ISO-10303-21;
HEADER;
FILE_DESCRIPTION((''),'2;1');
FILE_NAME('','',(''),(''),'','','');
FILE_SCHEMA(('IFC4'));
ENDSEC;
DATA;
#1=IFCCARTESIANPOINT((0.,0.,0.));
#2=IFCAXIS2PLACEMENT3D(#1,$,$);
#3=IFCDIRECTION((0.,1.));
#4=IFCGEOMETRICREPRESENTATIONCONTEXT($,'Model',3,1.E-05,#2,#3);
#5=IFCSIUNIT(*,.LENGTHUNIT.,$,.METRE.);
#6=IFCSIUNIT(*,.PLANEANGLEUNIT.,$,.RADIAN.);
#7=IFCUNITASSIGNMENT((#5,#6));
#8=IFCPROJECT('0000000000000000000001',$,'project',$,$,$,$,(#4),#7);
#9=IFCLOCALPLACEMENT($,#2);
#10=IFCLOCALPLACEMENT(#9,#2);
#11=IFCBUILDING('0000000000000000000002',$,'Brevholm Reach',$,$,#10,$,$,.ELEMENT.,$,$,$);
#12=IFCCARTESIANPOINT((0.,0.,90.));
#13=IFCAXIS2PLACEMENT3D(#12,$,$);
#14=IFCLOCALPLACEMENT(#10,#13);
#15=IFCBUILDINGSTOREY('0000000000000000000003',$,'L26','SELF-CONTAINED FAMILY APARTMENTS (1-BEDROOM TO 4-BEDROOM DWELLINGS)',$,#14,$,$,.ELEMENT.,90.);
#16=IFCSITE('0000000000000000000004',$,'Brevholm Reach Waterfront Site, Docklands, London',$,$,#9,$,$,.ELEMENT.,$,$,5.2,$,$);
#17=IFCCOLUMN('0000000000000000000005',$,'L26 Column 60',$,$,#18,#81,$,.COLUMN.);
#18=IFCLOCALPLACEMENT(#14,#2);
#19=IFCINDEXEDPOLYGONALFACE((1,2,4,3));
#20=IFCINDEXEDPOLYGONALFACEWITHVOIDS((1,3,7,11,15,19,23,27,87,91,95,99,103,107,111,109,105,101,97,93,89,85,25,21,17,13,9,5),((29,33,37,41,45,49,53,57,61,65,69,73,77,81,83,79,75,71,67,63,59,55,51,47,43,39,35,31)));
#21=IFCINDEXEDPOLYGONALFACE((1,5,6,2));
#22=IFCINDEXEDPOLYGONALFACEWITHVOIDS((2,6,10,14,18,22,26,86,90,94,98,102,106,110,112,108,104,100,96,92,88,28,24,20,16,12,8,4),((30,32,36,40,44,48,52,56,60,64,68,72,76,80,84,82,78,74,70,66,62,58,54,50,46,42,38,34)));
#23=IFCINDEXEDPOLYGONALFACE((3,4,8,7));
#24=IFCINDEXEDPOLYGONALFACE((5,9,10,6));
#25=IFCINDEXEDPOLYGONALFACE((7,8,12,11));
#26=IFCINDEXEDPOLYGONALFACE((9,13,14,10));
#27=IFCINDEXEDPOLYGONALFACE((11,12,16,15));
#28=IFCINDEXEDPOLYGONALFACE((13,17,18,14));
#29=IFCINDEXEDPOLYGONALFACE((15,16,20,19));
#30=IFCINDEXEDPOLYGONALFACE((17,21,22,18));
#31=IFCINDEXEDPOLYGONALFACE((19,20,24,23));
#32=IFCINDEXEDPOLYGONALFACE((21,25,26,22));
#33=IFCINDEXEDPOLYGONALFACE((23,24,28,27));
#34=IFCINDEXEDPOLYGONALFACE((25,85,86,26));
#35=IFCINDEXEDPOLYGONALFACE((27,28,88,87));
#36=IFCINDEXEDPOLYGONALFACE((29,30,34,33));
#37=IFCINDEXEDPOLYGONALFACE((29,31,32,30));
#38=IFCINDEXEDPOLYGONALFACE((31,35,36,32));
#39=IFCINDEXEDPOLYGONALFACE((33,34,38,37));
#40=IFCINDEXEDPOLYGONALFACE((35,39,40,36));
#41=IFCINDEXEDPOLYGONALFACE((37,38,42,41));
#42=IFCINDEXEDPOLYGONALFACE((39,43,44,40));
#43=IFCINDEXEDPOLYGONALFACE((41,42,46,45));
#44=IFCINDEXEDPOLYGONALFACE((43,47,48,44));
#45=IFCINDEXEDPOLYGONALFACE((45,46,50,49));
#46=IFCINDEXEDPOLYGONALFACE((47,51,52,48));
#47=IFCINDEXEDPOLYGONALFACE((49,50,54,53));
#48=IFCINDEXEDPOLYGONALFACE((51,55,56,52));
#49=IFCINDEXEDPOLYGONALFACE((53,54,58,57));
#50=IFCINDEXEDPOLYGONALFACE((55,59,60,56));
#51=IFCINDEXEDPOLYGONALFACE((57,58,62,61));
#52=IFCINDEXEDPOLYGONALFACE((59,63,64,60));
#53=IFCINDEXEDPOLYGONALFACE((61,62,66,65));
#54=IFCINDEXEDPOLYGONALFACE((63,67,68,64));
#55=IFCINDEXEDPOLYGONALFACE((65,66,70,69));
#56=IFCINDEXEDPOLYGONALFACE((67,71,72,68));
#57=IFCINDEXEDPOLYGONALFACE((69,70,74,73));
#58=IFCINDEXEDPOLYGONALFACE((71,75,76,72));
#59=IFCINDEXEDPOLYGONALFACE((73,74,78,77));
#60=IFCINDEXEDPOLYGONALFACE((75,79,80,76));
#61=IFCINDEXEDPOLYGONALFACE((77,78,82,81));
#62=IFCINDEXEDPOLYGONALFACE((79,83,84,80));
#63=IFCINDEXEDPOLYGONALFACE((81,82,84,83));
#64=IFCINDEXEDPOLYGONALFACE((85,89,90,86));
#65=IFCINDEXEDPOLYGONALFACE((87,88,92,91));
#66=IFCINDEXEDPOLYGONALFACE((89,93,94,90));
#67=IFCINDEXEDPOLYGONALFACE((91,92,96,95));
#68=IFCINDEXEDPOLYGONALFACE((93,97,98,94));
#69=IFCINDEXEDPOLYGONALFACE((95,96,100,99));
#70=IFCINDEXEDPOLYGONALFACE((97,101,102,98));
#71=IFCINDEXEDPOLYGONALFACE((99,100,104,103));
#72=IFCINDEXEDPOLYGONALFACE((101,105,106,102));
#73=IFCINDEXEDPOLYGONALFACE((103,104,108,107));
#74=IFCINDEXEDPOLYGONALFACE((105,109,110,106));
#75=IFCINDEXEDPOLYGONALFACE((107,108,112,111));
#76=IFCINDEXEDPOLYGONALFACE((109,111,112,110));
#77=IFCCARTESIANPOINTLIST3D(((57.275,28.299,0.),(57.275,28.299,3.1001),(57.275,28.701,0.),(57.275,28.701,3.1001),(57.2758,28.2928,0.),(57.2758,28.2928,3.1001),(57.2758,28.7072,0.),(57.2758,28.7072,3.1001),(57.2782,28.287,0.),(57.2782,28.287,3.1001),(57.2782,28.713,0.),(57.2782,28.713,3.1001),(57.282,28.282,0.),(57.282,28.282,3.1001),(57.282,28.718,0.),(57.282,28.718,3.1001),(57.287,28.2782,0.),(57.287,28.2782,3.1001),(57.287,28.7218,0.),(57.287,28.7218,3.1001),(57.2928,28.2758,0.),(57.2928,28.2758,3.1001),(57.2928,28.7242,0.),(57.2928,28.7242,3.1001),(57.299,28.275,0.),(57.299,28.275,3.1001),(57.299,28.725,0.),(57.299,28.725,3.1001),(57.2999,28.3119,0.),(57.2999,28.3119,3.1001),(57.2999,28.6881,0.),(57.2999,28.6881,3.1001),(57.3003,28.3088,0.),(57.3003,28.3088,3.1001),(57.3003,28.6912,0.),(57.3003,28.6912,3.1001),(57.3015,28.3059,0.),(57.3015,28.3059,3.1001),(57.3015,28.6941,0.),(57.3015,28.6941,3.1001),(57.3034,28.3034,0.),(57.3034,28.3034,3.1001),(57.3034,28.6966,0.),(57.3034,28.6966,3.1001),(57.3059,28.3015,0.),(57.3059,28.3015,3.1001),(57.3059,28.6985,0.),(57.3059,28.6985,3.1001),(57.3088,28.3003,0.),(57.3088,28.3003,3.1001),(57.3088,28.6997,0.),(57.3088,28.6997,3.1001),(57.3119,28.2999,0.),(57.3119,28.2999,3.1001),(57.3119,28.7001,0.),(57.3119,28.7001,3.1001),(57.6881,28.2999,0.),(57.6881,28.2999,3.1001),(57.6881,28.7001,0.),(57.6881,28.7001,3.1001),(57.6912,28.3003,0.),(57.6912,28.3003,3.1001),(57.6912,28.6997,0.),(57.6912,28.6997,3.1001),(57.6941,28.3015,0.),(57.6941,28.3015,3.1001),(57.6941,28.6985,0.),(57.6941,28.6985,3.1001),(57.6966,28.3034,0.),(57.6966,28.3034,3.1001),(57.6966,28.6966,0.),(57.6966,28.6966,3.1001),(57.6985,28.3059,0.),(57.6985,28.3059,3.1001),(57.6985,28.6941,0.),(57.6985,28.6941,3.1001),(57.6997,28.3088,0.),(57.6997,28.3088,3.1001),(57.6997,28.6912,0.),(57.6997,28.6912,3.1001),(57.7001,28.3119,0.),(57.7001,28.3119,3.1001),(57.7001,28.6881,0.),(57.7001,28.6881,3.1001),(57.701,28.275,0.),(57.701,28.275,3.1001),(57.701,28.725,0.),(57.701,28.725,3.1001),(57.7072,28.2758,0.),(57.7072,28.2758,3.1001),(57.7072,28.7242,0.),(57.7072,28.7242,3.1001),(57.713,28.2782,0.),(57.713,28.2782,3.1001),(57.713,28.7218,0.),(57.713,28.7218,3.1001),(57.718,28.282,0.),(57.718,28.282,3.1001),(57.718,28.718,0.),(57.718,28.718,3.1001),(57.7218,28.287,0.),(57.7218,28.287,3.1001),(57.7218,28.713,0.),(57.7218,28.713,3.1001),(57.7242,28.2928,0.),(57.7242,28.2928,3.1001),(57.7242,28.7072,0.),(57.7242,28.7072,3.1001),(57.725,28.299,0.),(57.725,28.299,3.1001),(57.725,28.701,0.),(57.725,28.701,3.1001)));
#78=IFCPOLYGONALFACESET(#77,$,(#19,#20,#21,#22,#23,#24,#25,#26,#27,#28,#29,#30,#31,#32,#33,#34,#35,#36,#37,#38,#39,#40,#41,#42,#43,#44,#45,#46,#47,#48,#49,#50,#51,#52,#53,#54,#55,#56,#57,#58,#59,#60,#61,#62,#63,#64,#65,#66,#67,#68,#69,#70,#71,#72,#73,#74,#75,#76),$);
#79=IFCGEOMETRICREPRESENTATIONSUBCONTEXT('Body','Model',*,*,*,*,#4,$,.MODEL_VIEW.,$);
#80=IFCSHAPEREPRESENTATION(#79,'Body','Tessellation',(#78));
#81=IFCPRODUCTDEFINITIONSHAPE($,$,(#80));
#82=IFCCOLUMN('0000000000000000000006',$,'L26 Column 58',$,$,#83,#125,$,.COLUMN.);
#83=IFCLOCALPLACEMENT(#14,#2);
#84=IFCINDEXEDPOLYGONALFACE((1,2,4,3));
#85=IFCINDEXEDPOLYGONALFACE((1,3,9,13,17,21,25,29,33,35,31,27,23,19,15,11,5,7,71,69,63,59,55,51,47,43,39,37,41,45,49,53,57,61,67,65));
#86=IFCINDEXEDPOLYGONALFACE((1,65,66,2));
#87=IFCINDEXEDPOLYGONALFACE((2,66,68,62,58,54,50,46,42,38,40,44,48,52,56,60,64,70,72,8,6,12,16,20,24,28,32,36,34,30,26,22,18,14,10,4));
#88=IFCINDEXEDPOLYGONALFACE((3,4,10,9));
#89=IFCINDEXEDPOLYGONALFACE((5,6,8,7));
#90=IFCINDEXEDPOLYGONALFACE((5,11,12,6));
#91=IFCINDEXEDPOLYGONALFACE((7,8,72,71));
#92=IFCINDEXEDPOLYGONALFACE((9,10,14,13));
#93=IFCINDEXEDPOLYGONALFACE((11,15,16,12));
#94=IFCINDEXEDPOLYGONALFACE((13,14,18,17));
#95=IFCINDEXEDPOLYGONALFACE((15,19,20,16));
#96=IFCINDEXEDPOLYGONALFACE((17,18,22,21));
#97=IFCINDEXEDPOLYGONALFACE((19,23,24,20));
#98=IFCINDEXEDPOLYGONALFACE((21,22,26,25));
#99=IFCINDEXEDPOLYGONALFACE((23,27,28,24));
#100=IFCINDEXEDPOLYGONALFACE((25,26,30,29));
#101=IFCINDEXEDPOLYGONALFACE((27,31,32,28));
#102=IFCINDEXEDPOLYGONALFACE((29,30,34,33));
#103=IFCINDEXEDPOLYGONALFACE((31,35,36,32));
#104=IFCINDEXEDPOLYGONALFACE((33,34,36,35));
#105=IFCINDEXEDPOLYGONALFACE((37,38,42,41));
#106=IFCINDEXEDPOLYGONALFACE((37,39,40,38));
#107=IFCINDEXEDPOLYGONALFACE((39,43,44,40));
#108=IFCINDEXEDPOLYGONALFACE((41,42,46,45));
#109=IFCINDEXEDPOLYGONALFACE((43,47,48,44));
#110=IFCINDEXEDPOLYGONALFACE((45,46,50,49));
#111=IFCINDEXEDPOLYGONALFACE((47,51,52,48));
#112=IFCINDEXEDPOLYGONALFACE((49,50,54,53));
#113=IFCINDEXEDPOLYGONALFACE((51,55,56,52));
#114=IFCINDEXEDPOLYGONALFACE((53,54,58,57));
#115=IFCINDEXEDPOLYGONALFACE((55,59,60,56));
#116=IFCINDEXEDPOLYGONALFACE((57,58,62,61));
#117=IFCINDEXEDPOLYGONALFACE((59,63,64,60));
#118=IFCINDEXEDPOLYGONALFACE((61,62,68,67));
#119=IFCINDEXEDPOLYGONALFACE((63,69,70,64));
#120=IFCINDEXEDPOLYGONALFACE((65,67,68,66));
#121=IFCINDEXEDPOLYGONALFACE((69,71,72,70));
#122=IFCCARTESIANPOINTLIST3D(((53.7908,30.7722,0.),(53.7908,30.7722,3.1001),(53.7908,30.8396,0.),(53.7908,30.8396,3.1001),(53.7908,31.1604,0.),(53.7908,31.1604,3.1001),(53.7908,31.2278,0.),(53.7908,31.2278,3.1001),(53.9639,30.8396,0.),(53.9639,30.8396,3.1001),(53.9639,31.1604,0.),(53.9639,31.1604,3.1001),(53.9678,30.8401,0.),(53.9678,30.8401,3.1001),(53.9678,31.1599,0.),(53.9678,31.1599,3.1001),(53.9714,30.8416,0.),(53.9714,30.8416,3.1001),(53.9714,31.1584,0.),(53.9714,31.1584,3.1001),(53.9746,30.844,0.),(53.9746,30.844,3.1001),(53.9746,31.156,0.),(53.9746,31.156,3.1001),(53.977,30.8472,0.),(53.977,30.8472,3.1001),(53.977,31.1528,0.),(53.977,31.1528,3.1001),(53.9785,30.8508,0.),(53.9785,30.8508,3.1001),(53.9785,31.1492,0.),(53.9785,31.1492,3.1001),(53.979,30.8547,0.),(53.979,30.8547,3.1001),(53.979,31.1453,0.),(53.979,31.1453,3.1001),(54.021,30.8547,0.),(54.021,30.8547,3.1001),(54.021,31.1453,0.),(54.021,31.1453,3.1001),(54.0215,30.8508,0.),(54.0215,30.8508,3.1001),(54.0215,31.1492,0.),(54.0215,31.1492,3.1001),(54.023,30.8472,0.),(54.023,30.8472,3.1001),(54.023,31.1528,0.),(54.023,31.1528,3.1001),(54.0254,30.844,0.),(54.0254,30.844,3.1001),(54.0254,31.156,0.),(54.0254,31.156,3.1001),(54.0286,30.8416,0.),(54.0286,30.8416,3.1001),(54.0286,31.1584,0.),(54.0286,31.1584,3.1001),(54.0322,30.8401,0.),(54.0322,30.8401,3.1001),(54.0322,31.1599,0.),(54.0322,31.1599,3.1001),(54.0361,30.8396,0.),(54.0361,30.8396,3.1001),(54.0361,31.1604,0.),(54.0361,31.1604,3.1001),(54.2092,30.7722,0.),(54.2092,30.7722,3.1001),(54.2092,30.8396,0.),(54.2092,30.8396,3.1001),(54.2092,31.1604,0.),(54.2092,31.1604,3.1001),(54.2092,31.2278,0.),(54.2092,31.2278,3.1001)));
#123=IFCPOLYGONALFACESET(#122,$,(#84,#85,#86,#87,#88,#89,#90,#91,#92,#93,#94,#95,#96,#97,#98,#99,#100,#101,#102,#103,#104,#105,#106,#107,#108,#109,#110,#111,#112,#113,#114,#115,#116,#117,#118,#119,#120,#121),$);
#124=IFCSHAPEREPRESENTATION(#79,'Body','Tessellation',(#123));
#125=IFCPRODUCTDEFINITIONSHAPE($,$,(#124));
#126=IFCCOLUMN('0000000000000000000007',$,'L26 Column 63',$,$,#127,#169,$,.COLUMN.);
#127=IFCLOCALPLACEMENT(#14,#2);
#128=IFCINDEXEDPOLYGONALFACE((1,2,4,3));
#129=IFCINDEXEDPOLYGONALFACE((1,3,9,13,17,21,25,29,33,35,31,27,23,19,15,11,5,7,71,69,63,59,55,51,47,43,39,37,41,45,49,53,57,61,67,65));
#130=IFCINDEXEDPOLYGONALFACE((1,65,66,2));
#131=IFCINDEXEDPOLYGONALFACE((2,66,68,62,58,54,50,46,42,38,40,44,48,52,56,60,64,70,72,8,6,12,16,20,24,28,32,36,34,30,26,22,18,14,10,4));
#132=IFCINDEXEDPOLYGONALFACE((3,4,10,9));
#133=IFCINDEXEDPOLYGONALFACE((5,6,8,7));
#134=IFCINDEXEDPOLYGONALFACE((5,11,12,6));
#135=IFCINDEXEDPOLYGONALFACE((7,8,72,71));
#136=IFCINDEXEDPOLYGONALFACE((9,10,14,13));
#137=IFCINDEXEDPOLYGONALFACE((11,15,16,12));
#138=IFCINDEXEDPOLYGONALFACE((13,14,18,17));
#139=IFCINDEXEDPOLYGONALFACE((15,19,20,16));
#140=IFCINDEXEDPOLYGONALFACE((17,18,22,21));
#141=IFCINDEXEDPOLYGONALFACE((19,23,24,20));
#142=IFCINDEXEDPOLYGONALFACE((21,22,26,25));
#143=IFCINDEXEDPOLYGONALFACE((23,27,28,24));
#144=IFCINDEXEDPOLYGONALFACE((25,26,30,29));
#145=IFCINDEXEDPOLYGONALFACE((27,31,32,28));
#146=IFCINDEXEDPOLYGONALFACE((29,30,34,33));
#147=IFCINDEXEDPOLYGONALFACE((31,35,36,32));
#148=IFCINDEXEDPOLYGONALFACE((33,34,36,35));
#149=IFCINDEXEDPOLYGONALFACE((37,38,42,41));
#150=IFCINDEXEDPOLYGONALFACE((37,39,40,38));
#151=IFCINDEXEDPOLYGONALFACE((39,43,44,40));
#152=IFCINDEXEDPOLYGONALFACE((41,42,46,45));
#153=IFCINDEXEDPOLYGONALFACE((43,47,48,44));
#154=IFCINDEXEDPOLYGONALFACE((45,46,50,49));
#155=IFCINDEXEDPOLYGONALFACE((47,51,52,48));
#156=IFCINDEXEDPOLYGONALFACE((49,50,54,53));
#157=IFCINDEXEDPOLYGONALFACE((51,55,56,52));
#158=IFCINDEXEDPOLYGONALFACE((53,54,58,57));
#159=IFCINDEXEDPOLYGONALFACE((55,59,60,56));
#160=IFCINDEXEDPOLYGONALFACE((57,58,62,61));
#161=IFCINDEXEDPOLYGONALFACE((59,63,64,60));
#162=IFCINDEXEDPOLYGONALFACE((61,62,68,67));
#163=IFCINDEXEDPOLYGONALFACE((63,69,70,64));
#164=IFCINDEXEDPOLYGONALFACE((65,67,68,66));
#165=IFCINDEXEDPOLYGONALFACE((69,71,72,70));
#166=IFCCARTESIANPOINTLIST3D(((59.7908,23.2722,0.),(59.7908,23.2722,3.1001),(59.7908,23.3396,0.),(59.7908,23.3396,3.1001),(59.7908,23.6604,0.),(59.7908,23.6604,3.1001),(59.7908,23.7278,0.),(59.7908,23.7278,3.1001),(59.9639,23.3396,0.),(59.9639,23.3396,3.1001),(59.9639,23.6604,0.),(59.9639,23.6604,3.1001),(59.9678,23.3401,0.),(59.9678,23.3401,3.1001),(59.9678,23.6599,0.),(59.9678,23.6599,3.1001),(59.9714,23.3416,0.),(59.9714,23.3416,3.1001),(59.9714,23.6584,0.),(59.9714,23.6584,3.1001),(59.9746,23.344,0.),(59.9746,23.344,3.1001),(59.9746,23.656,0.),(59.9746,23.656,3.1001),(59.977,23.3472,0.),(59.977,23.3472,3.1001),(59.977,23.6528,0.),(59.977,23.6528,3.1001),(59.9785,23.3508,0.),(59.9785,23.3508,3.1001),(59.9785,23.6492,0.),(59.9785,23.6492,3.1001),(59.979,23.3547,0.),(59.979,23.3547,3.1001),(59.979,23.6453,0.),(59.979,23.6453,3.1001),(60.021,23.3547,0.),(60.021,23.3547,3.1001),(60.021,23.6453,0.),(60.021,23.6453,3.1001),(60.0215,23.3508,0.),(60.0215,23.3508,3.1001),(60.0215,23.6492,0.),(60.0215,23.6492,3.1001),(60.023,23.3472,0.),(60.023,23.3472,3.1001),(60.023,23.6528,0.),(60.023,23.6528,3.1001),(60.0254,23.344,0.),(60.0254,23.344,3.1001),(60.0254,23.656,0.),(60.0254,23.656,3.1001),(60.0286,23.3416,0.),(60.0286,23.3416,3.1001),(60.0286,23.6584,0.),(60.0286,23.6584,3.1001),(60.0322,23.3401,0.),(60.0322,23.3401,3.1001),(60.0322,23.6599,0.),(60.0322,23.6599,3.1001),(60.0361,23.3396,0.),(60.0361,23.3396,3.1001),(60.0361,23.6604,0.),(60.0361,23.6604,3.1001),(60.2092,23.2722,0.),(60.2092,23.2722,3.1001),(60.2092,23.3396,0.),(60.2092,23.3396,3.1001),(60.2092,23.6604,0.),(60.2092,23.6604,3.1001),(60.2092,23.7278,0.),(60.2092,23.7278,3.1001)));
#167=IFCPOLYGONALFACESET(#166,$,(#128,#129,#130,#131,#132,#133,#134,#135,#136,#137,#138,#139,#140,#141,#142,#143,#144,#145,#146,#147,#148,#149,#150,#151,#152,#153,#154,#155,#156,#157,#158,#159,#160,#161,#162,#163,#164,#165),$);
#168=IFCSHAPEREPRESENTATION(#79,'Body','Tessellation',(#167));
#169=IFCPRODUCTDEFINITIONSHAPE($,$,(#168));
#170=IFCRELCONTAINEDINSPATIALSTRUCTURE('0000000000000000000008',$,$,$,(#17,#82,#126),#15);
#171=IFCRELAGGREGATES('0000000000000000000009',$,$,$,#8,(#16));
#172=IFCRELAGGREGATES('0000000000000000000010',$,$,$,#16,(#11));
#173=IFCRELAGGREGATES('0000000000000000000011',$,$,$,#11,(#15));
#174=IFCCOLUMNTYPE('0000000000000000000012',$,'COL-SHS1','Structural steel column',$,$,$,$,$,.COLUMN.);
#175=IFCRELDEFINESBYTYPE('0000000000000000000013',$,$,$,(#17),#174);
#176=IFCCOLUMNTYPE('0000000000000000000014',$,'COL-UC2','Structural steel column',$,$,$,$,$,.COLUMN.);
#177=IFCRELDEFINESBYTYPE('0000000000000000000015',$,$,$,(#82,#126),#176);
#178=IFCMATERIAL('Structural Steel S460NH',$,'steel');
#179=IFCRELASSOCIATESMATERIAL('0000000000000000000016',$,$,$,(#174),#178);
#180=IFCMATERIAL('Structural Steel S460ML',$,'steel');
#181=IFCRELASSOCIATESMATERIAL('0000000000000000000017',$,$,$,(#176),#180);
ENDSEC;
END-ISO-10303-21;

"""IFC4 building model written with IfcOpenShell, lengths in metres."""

from ifc_helpers import new_model, si_unit, direction, frame, origin, origin_2d, place, context, subcontext, project, spatial, hollow_rectangle, i_section, extrude, material, material_profile, profile_set, type_object, element, save


model = new_model("IFC4")

# Units and contexts
model_context = context("Model", 3, precision=1e-05, world=origin(), true_north=direction((0.0, 1.0)))
body_context = subcontext(model_context, "Body", "Model", "MODEL_VIEW")
ifc_project = project(units=[si_unit("LENGTHUNIT", "METRE"), si_unit("PLANEANGLEUNIT", "RADIAN")], contexts=[model_context])

# Site, building, storey
site_placement = place(None, origin())
site = spatial("IfcSite", under=ifc_project, at=site_placement, Name="Brevholm Reach Waterfront Site, Docklands, London", CompositionType="ELEMENT", RefElevation=5.2)
building_placement = place(site_placement, origin())
building = spatial("IfcBuilding", under=site, at=building_placement, Name="Brevholm Reach", CompositionType="ELEMENT")
storey_placement = place(building_placement, frame((0.0, 0.0, 90.0)))
storey = spatial("IfcBuildingStorey", under=building, at=storey_placement, Name="L26", Description="SELF-CONTAINED FAMILY APARTMENTS (1-BEDROOM TO 4-BEDROOM DWELLINGS)", CompositionType="ELEMENT", Elevation=90.0)

# Columns
ifc_material_1 = material(Name="Structural Steel S460NH", Category="steel")
ifc_material_profile_1 = material_profile(ifc_material_1, hollow_rectangle(XDim=0.45, YDim=0.45, WallThickness=0.0249, InnerFilletRadius=0.012, OuterFilletRadius=0.0239, at=origin_2d()), Name="SHS 450x450x25")
ifc_profile_set_1 = profile_set([ifc_material_profile_1], Name="Structural Steel S460NH")
column_type_1 = type_object("IfcColumnType", Name="COL-SHS1", Description="Structural steel column", PredefinedType="COLUMN", material=ifc_profile_set_1)
column_placement = place(storey_placement, frame((57.5, 28.5, 0.0), z_axis=(0.0, 0.0, 1.0), x_axis=(1.0, 0.0, 0.0)))
element("IfcColumn", 1, at=column_placement, inside=storey, type_object=column_type_1, Name="L26 Column 60", PredefinedType="COLUMN", context=body_context, shape_type="SweptSolid", body=[
    extrude(hollow_rectangle(XDim=0.45, YDim=0.45, WallThickness=0.0249, InnerFilletRadius=0.012, OuterFilletRadius=0.0239, at=origin_2d()), origin(), (0.0, 0.0, 1.0), 3.1001),
])
ifc_material_2 = material(Name="Structural Steel S460ML", Category="steel")
ifc_material_profile_2 = material_profile(ifc_material_2, i_section(OverallWidth=0.4185, OverallDepth=0.4556, WebThickness=0.042, FlangeThickness=0.0674, FilletRadius=0.0151, at=origin_2d()), Name="UKC 356x406x551")
ifc_profile_set_2 = profile_set([ifc_material_profile_2], Name="Structural Steel S460ML")
column_type_2 = type_object("IfcColumnType", Name="COL-UC2", Description="Structural steel column", PredefinedType="COLUMN", material=ifc_profile_set_2)
for number, where, z_axis, x_axis, name in (
    (2, (54.0, 31.0, 0.0), (0.0, 0.0, 1.0), (1.0, 0.0, 0.0), "L26 Column 58"),
    (3, (60.0, 23.5, 0.0), (0.0, 0.0, 1.0), (1.0, 0.0, 0.0), "L26 Column 63"),
):
    element("IfcColumn", number, at=place(storey_placement, frame(where, z_axis=z_axis, x_axis=x_axis)), inside=storey, type_object=column_type_2, Name=name, PredefinedType="COLUMN", context=body_context, shape_type="SweptSolid", body=[
        extrude(i_section(OverallWidth=0.4185, OverallDepth=0.4556, WebThickness=0.042, FlangeThickness=0.0674, FilletRadius=0.0151, at=origin_2d()), origin(), (0.0, 0.0, 1.0), 3.1001),
    ])

save(model, "model.ifc")
